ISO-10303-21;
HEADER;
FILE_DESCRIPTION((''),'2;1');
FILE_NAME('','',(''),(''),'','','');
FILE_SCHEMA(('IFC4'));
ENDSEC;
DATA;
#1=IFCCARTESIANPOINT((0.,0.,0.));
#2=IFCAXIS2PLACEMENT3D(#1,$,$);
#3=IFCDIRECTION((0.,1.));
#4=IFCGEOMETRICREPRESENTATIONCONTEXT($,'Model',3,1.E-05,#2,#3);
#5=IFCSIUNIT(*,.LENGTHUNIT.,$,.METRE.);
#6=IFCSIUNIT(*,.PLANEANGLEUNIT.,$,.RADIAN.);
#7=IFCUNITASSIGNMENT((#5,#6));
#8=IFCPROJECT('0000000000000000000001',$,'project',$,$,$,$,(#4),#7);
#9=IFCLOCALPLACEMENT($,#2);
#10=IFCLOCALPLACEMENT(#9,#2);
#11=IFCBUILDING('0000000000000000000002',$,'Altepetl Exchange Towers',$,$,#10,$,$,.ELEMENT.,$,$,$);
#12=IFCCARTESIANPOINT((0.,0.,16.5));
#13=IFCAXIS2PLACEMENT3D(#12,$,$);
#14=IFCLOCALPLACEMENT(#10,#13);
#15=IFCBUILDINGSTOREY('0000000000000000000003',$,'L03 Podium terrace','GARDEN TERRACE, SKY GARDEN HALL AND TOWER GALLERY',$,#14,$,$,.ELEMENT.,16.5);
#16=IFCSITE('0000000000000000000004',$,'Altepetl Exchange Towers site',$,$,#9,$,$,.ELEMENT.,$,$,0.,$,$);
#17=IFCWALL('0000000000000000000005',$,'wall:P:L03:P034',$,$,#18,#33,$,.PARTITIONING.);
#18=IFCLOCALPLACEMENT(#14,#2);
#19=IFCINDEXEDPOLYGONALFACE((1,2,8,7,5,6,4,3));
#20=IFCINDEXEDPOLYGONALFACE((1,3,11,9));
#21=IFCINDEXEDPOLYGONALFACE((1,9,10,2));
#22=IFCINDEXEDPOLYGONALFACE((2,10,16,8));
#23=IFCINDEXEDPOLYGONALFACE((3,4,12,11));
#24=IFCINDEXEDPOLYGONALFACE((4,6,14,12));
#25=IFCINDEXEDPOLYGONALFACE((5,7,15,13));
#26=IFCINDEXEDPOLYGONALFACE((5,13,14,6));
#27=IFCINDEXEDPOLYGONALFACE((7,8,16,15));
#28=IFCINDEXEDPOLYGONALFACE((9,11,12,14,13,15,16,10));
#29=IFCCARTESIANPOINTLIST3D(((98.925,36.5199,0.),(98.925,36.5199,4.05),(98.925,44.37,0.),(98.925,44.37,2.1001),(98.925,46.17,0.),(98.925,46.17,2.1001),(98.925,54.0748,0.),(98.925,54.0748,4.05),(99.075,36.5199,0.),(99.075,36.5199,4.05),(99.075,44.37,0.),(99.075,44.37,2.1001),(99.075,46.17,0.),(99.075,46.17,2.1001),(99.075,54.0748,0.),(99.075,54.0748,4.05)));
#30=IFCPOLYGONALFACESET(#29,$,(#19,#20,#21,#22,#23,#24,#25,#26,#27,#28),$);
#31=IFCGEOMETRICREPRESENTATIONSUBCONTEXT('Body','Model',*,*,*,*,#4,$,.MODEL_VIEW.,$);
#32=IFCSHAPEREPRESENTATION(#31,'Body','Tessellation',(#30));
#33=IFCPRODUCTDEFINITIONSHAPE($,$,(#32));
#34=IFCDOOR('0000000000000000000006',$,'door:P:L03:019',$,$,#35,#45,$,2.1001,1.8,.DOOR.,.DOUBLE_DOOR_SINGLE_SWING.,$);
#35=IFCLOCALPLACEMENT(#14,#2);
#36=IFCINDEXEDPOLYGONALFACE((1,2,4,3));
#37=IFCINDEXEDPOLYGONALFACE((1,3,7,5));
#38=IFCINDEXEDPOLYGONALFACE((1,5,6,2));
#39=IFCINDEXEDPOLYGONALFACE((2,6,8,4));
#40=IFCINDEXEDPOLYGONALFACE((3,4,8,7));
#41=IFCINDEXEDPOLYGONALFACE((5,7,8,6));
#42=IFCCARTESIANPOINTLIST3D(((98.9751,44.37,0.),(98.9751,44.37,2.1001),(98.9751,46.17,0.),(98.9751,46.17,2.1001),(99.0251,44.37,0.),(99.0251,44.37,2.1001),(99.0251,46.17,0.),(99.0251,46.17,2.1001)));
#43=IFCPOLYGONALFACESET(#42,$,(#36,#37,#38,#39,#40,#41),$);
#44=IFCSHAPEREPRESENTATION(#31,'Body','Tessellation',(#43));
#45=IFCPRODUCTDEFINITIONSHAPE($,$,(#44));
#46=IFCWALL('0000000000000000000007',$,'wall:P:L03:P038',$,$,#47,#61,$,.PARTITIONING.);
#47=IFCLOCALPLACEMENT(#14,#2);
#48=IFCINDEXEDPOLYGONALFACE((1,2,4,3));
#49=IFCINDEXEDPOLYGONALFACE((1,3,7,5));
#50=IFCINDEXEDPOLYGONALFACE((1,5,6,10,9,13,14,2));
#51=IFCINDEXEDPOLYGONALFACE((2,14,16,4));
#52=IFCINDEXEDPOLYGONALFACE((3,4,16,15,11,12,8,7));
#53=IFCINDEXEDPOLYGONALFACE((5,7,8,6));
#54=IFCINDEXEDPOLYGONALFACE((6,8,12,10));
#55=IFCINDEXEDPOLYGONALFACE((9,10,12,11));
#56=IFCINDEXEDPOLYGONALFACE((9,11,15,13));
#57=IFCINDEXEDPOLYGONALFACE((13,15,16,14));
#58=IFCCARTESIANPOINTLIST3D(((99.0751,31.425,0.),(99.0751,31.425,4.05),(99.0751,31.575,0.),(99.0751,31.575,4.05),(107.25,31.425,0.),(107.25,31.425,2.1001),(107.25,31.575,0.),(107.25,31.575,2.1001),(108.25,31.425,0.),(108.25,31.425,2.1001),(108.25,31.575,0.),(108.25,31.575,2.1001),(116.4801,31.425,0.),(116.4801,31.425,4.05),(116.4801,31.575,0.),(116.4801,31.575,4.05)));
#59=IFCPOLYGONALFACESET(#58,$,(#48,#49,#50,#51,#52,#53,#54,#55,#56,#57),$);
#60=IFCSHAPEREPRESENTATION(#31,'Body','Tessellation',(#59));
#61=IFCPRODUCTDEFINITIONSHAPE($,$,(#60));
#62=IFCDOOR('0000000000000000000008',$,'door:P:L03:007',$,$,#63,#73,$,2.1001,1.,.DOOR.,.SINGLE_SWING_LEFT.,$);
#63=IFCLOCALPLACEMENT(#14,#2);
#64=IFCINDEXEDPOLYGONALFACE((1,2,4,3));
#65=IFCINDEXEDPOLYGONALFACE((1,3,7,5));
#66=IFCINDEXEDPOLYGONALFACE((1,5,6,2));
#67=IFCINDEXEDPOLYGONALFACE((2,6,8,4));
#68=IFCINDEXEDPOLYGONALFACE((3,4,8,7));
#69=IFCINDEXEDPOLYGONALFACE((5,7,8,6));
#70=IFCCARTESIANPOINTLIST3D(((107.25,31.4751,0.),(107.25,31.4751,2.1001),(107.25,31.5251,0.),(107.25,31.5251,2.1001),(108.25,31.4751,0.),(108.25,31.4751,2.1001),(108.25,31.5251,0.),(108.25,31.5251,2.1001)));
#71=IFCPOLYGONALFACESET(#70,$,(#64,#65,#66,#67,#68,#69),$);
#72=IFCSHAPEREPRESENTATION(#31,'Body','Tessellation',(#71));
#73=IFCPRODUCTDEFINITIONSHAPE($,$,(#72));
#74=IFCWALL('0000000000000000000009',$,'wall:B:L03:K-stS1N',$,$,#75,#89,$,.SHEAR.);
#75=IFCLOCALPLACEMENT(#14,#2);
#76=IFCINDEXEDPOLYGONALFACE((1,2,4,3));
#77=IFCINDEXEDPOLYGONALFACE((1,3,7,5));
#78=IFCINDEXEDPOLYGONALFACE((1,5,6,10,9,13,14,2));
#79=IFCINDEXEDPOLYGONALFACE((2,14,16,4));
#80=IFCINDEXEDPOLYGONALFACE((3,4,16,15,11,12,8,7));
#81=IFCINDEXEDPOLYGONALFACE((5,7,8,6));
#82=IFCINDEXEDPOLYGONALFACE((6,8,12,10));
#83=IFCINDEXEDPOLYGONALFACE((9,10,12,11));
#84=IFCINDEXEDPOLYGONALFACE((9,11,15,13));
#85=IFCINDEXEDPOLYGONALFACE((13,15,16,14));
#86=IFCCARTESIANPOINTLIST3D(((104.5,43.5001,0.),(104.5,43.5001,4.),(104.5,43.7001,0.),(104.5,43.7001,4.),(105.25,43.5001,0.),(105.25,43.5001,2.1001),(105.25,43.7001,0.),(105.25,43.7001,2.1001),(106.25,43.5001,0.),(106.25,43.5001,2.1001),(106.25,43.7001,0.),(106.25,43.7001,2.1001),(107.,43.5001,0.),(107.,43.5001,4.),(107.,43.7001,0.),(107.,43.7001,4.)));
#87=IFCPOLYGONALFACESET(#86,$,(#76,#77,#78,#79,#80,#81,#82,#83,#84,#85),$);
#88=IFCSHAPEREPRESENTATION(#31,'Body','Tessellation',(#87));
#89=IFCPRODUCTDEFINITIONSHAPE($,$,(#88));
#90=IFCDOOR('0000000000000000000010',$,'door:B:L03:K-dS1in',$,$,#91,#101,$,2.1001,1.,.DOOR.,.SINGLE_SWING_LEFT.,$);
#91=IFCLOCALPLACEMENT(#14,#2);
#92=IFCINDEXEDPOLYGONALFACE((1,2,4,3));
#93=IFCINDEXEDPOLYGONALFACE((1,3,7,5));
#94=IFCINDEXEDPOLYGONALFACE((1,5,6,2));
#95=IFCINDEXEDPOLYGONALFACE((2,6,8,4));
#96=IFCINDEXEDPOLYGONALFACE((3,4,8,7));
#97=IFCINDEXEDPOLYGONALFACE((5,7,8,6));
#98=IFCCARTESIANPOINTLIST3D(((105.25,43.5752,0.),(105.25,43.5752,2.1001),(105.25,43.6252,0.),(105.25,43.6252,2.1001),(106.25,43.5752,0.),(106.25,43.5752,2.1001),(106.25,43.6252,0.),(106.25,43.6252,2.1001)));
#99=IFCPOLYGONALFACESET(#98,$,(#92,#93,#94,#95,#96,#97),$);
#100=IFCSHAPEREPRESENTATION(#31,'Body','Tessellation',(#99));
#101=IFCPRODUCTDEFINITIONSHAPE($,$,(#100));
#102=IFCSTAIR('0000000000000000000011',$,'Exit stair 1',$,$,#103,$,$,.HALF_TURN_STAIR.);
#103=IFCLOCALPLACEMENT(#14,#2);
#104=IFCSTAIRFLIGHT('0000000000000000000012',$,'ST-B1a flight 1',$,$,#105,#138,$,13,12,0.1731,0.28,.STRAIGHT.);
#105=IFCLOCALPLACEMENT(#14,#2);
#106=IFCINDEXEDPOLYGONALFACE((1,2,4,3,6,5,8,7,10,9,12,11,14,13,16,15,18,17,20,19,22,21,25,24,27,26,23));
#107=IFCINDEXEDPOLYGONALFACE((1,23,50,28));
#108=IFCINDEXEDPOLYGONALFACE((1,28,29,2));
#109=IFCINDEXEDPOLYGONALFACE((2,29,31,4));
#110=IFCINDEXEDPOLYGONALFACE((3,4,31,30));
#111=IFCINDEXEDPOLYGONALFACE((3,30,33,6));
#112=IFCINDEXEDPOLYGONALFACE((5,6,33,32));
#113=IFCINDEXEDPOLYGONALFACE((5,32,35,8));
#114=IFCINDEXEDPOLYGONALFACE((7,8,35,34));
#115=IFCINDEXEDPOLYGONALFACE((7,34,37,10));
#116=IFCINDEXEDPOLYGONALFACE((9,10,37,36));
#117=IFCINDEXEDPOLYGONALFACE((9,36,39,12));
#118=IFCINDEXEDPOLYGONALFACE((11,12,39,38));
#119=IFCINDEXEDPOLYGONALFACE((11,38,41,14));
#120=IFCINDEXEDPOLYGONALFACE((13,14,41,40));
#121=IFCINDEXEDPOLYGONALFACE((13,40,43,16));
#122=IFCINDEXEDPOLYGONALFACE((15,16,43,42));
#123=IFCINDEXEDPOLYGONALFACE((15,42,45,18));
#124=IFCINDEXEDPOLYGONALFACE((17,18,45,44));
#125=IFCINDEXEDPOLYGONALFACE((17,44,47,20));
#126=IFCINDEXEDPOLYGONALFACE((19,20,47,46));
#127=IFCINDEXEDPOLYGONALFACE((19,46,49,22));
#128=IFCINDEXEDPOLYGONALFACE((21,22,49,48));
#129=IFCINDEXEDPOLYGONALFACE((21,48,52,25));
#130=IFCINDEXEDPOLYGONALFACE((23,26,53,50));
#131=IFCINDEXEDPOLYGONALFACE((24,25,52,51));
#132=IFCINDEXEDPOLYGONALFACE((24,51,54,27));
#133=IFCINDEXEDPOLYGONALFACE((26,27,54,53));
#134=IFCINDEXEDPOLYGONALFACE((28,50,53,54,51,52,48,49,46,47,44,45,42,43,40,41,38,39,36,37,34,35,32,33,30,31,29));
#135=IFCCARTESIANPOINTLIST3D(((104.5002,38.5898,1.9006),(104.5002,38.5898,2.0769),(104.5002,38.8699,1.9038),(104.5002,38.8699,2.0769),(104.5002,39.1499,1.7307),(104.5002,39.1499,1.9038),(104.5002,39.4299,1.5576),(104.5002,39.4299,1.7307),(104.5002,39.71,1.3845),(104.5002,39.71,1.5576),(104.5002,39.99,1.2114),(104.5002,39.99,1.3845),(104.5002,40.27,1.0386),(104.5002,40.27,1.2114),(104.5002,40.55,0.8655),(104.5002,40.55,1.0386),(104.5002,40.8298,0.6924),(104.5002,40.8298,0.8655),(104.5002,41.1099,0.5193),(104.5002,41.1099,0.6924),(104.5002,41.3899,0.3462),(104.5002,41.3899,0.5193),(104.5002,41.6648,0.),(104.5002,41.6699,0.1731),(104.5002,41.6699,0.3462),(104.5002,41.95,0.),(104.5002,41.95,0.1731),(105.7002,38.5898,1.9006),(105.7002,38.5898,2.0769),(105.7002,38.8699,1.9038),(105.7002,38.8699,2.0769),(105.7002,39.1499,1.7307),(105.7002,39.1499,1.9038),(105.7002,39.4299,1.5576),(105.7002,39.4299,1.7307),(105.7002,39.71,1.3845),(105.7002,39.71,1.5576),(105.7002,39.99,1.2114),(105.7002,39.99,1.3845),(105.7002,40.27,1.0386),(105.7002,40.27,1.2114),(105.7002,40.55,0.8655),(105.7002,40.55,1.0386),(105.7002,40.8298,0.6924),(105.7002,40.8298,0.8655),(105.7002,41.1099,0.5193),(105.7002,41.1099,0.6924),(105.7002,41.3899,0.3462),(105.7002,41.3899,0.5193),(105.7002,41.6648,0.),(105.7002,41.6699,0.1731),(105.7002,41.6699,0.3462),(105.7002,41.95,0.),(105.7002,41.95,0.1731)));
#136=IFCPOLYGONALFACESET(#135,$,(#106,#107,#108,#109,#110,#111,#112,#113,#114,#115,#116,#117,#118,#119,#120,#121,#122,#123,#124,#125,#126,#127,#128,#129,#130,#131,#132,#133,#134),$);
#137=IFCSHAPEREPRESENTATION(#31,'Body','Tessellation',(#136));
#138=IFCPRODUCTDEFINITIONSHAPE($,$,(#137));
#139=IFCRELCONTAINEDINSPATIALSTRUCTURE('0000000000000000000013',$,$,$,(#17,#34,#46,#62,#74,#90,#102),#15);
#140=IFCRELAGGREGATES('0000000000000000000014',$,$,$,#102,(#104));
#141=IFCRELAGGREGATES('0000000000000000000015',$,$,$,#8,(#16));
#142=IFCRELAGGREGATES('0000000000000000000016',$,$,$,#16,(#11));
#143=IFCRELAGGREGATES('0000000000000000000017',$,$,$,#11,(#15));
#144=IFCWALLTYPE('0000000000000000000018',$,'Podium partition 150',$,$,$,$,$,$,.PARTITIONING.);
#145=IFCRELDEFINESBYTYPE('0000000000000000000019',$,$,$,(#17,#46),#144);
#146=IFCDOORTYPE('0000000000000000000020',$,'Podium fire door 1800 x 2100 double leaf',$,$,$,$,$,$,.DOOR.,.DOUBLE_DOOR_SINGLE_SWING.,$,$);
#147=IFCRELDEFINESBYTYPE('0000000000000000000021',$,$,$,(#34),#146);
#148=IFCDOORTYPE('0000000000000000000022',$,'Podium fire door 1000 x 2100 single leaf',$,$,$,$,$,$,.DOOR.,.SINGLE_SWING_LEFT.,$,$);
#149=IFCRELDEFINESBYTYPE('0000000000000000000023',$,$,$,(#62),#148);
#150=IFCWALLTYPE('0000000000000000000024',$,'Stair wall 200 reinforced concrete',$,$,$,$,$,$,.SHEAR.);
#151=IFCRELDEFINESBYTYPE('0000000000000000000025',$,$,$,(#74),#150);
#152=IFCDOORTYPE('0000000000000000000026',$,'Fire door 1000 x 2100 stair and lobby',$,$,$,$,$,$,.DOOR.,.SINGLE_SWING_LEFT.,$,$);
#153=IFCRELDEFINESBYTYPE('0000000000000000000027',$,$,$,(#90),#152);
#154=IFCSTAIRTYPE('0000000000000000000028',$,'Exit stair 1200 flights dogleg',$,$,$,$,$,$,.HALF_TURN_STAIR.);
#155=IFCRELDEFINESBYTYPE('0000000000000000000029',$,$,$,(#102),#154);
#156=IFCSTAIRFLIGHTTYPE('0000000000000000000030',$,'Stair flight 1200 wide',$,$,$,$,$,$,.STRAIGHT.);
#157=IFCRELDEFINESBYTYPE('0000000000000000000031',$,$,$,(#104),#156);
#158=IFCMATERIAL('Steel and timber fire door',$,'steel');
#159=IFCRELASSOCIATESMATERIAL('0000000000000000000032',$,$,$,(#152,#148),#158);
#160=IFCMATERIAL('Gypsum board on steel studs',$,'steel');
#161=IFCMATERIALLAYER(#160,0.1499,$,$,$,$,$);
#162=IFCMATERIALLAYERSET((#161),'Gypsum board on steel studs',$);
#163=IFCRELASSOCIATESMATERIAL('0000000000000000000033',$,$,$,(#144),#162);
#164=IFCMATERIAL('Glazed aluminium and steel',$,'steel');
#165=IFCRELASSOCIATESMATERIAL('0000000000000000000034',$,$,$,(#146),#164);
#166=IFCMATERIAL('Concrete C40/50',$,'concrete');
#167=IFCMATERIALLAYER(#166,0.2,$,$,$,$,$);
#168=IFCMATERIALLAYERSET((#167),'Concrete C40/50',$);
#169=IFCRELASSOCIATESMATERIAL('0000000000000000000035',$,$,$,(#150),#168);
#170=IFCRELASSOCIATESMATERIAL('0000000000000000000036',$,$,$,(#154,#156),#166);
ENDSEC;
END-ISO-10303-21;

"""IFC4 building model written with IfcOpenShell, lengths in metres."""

from ifc_helpers import new_model, si_unit, direction, frame, frame_2d, origin, place, context, subcontext, project, spatial, polyline, rectangle, outline, extrude, material, layer, layer_set, type_object, element, fill, aggregate, save


model = new_model("IFC4")

# Units and contexts
model_context = context("Model", 3, precision=1e-05, world=origin(), true_north=direction((0.0, 1.0)))
body_context = subcontext(model_context, "Body", "Model", "MODEL_VIEW")
ifc_project = project(units=[si_unit("LENGTHUNIT", "METRE"), si_unit("PLANEANGLEUNIT", "RADIAN")], contexts=[model_context])

# Site, building, storey
site_placement = place(None, origin())
site = spatial("IfcSite", under=ifc_project, at=site_placement, Name="Altepetl Exchange Towers site", CompositionType="ELEMENT", RefElevation=0.0)
building_placement = place(site_placement, origin())
building = spatial("IfcBuilding", under=site, at=building_placement, Name="Altepetl Exchange Towers", CompositionType="ELEMENT")
storey_placement = place(building_placement, frame((0.0, 0.0, 16.5)))
storey = spatial("IfcBuildingStorey", under=building, at=storey_placement, Name="L03 Podium terrace", Description="GARDEN TERRACE, SKY GARDEN HALL AND TOWER GALLERY", CompositionType="ELEMENT", Elevation=16.5)

# Shared definitions
ifc_material_1 = material(Name="Steel and timber fire door", Category="steel")
door_type_1 = type_object("IfcDoorType", Name="Fire door 1000 x 2100 stair and lobby", OperationType="SINGLE_SWING_LEFT", PredefinedType="DOOR", material=ifc_material_1)

# Walls, openings, doors
ifc_material_2 = material(Name="Gypsum board on steel studs", Category="steel")
ifc_layer_1 = layer(ifc_material_2, 0.1499)
ifc_layer_set_1 = layer_set([ifc_layer_1], Name="Gypsum board on steel studs")
wall_type_1 = type_object("IfcWallType", Name="Podium partition 150", PredefinedType="PARTITIONING", material=ifc_layer_set_1)
ifc_material_3 = material(Name="Glazed aluminium and steel", Category="steel")
door_type_2 = type_object("IfcDoorType", Name="Podium fire door 1800 x 2100 double leaf", OperationType="DOUBLE_DOOR_SINGLE_SWING", PredefinedType="DOOR", material=ifc_material_3)
wall_1_placement = place(storey_placement, frame((99.0, 36.52, 0.0), z_axis=(0.0, 0.0, 1.0), x_axis=(0.0, 1.0, 0.0)))
wall_1 = element("IfcWall", 1, at=wall_1_placement, inside=storey, type_object=wall_type_1, Name="wall:P:L03:P034", PredefinedType="PARTITIONING", context=body_context, shape_type="SweptSolid", body=[
    extrude(rectangle(XDim=17.5549, YDim=0.1499, at=frame_2d((8.7773, 0.0))), origin(), (0.0, 0.0, 1.0), 4.05),
])
opening_1_placement = place(wall_1_placement, frame((7.8501, 0.0, 0.0)))
opening_1 = element("IfcOpeningElement", 2, at=opening_1_placement, cuts=wall_1, PredefinedType="OPENING", context=body_context, shape_type="SweptSolid", body=[
    extrude(rectangle(XDim=1.8, YDim=2.1001, at=frame_2d((0.8999, 1.05))), frame((0.0, 0.085, 0.0), z_axis=(0.0, -1.0, 0.0), x_axis=(1.0, 0.0, 0.0)), (0.0, 0.0, 1.0), 0.1699),
])
door_1_placement = place(opening_1_placement, origin())
door_1 = element("IfcDoor", 3, at=door_1_placement, inside=storey, type_object=door_type_2, Name="door:P:L03:019", OperationType="DOUBLE_DOOR_SINGLE_SWING", OverallHeight=2.1001, OverallWidth=1.8, PredefinedType="DOOR", context=body_context, shape_type="SweptSolid", body=[
    extrude(rectangle(XDim=1.8, YDim=2.1001, at=frame_2d((0.8999, 1.05))), frame((0.0, 0.0249, 0.0), z_axis=(0.0, -1.0, 0.0), x_axis=(1.0, 0.0, 0.0)), (0.0, 0.0, 1.0), 0.05),
])
fill(opening_1, door_1)
wall_2_placement = place(storey_placement, frame((99.075, 31.5, 0.0)))
wall_2 = element("IfcWall", 4, at=wall_2_placement, inside=storey, type_object=wall_type_1, Name="wall:P:L03:P038", PredefinedType="PARTITIONING", context=body_context, shape_type="SweptSolid", body=[
    extrude(rectangle(XDim=17.405, YDim=0.1499, at=frame_2d((8.7026, 0.0))), origin(), (0.0, 0.0, 1.0), 4.05),
])
opening_2_placement = place(wall_2_placement, frame((8.175, 0.0, 0.0)))
opening_2 = element("IfcOpeningElement", 5, at=opening_2_placement, cuts=wall_2, PredefinedType="OPENING", context=body_context, shape_type="SweptSolid", body=[
    extrude(rectangle(XDim=1.0, YDim=2.1001, at=frame_2d((0.5, 1.05))), frame((0.0, 0.085, 0.0), z_axis=(0.0, -1.0, 0.0), x_axis=(1.0, 0.0, 0.0)), (0.0, 0.0, 1.0), 0.1699),
])
door_type_3 = type_object("IfcDoorType", Name="Podium fire door 1000 x 2100 single leaf", OperationType="SINGLE_SWING_LEFT", PredefinedType="DOOR", material=ifc_material_1)
door_2_placement = place(opening_2_placement, frame((1.0, 0.0, 0.0), x_axis=(-1.0, 0.0, 0.0)))
door_2 = element("IfcDoor", 6, at=door_2_placement, inside=storey, type_object=door_type_3, Name="door:P:L03:007", OperationType="SINGLE_SWING_LEFT", OverallHeight=2.1001, OverallWidth=1.0, PredefinedType="DOOR", context=body_context, shape_type="SweptSolid", body=[
    extrude(rectangle(XDim=1.0, YDim=2.1001, at=frame_2d((0.5, 1.05))), frame((0.0, 0.0249, 0.0), z_axis=(0.0, -1.0, 0.0), x_axis=(1.0, 0.0, 0.0)), (0.0, 0.0, 1.0), 0.05),
])
fill(opening_2, door_2)
ifc_material_4 = material(Name="Concrete C40/50", Category="concrete")
ifc_layer_2 = layer(ifc_material_4, 0.2)
ifc_layer_set_2 = layer_set([ifc_layer_2], Name="Concrete C40/50")
wall_type_2 = type_object("IfcWallType", Name="Stair wall 200 reinforced concrete", PredefinedType="SHEAR", material=ifc_layer_set_2)
wall_3_placement = place(storey_placement, frame((104.5, 43.6001, 0.0)))
wall_3 = element("IfcWall", 7, at=wall_3_placement, inside=storey, type_object=wall_type_2, Name="wall:B:L03:K-stS1N", PredefinedType="SHEAR", context=body_context, shape_type="SweptSolid", body=[
    extrude(rectangle(XDim=2.5, YDim=0.2, at=frame_2d((1.25, 0.0))), origin(), (0.0, 0.0, 1.0), 4.0),
])
opening_3_placement = place(wall_3_placement, frame((0.75, 0.0, 0.0)))
opening_3 = element("IfcOpeningElement", 8, at=opening_3_placement, cuts=wall_3, PredefinedType="OPENING", context=body_context, shape_type="SweptSolid", body=[
    extrude(rectangle(XDim=1.0, YDim=2.1001, at=frame_2d((0.5, 1.05))), frame((0.0, 0.1099, 0.0), z_axis=(0.0, -1.0, 0.0), x_axis=(1.0, 0.0, 0.0)), (0.0, 0.0, 1.0), 0.22),
])
door_3_placement = place(opening_3_placement, frame((1.0, 0.0, 0.0), x_axis=(-1.0, 0.0, 0.0)))
door_3 = element("IfcDoor", 9, at=door_3_placement, inside=storey, type_object=door_type_1, Name="door:B:L03:K-dS1in", OperationType="SINGLE_SWING_LEFT", OverallHeight=2.1001, OverallWidth=1.0, PredefinedType="DOOR", context=body_context, shape_type="SweptSolid", body=[
    extrude(rectangle(XDim=1.0, YDim=2.1001, at=frame_2d((0.5, 1.05))), frame((0.0, 0.0249, 0.0), z_axis=(0.0, -1.0, 0.0), x_axis=(1.0, 0.0, 0.0)), (0.0, 0.0, 1.0), 0.05),
])
fill(opening_3, door_3)

# Stair, stair flight
stair_type = type_object("IfcStairType", Name="Exit stair 1200 flights dogleg", PredefinedType="HALF_TURN_STAIR", material=ifc_material_4)
stair_placement = place(storey_placement, origin())
stair = element("IfcStair", 10, at=stair_placement, inside=storey, type_object=stair_type, Name="Exit stair 1", PredefinedType="HALF_TURN_STAIR")
stair_flight_type = type_object("IfcStairFlightType", Name="Stair flight 1200 wide", PredefinedType="STRAIGHT", material=ifc_material_4)
stair_flight_placement = place(storey_placement, frame((105.1001, 41.95, 0.0), z_axis=(0.0, 0.0, 1.0), x_axis=(0.0, -1.0, 0.0)))
stair_flight = element("IfcStairFlight", 11, at=stair_flight_placement, type_object=stair_flight_type, Name="ST-B1a flight 1", NumberOfRisers=13, NumberOfTreads=12, PredefinedType="STRAIGHT", RiserHeight=0.1731, TreadLength=0.28, context=body_context, shape_type="SweptSolid", body=[
    extrude(outline(polyline([(0.0, 0.0), (0.0, 0.1731), (0.28, 0.1731), (0.28, 0.3462), (0.5601, 0.3462), (0.5601, 0.5193), (0.8401, 0.5193), (0.8401, 0.6924), (1.1201, 0.6924), (1.1201, 0.8655), (1.3999, 0.8655), (1.3999, 1.0386), (1.6799, 1.0386), (1.6799, 1.2114), (1.96, 1.2114), (1.96, 1.3845), (2.24, 1.3845), (2.24, 1.5576), (2.52, 1.5576), (2.52, 1.7307), (2.8, 1.7307), (2.8, 1.9038), (3.0801, 1.9038), (3.0801, 2.0769), (3.3601, 2.0769), (3.3601, 2.25), (3.3601, 1.9006), (0.2852, 0.0), (0.0, 0.0)])), frame((0.0, 0.6001, 0.0), z_axis=(0.0, -1.0, 0.0), x_axis=(1.0, 0.0, 0.0)), (0.0, 0.0, 1.0), 1.2),
])
aggregate(stair, [stair_flight])

save(model, "model.ifc")
